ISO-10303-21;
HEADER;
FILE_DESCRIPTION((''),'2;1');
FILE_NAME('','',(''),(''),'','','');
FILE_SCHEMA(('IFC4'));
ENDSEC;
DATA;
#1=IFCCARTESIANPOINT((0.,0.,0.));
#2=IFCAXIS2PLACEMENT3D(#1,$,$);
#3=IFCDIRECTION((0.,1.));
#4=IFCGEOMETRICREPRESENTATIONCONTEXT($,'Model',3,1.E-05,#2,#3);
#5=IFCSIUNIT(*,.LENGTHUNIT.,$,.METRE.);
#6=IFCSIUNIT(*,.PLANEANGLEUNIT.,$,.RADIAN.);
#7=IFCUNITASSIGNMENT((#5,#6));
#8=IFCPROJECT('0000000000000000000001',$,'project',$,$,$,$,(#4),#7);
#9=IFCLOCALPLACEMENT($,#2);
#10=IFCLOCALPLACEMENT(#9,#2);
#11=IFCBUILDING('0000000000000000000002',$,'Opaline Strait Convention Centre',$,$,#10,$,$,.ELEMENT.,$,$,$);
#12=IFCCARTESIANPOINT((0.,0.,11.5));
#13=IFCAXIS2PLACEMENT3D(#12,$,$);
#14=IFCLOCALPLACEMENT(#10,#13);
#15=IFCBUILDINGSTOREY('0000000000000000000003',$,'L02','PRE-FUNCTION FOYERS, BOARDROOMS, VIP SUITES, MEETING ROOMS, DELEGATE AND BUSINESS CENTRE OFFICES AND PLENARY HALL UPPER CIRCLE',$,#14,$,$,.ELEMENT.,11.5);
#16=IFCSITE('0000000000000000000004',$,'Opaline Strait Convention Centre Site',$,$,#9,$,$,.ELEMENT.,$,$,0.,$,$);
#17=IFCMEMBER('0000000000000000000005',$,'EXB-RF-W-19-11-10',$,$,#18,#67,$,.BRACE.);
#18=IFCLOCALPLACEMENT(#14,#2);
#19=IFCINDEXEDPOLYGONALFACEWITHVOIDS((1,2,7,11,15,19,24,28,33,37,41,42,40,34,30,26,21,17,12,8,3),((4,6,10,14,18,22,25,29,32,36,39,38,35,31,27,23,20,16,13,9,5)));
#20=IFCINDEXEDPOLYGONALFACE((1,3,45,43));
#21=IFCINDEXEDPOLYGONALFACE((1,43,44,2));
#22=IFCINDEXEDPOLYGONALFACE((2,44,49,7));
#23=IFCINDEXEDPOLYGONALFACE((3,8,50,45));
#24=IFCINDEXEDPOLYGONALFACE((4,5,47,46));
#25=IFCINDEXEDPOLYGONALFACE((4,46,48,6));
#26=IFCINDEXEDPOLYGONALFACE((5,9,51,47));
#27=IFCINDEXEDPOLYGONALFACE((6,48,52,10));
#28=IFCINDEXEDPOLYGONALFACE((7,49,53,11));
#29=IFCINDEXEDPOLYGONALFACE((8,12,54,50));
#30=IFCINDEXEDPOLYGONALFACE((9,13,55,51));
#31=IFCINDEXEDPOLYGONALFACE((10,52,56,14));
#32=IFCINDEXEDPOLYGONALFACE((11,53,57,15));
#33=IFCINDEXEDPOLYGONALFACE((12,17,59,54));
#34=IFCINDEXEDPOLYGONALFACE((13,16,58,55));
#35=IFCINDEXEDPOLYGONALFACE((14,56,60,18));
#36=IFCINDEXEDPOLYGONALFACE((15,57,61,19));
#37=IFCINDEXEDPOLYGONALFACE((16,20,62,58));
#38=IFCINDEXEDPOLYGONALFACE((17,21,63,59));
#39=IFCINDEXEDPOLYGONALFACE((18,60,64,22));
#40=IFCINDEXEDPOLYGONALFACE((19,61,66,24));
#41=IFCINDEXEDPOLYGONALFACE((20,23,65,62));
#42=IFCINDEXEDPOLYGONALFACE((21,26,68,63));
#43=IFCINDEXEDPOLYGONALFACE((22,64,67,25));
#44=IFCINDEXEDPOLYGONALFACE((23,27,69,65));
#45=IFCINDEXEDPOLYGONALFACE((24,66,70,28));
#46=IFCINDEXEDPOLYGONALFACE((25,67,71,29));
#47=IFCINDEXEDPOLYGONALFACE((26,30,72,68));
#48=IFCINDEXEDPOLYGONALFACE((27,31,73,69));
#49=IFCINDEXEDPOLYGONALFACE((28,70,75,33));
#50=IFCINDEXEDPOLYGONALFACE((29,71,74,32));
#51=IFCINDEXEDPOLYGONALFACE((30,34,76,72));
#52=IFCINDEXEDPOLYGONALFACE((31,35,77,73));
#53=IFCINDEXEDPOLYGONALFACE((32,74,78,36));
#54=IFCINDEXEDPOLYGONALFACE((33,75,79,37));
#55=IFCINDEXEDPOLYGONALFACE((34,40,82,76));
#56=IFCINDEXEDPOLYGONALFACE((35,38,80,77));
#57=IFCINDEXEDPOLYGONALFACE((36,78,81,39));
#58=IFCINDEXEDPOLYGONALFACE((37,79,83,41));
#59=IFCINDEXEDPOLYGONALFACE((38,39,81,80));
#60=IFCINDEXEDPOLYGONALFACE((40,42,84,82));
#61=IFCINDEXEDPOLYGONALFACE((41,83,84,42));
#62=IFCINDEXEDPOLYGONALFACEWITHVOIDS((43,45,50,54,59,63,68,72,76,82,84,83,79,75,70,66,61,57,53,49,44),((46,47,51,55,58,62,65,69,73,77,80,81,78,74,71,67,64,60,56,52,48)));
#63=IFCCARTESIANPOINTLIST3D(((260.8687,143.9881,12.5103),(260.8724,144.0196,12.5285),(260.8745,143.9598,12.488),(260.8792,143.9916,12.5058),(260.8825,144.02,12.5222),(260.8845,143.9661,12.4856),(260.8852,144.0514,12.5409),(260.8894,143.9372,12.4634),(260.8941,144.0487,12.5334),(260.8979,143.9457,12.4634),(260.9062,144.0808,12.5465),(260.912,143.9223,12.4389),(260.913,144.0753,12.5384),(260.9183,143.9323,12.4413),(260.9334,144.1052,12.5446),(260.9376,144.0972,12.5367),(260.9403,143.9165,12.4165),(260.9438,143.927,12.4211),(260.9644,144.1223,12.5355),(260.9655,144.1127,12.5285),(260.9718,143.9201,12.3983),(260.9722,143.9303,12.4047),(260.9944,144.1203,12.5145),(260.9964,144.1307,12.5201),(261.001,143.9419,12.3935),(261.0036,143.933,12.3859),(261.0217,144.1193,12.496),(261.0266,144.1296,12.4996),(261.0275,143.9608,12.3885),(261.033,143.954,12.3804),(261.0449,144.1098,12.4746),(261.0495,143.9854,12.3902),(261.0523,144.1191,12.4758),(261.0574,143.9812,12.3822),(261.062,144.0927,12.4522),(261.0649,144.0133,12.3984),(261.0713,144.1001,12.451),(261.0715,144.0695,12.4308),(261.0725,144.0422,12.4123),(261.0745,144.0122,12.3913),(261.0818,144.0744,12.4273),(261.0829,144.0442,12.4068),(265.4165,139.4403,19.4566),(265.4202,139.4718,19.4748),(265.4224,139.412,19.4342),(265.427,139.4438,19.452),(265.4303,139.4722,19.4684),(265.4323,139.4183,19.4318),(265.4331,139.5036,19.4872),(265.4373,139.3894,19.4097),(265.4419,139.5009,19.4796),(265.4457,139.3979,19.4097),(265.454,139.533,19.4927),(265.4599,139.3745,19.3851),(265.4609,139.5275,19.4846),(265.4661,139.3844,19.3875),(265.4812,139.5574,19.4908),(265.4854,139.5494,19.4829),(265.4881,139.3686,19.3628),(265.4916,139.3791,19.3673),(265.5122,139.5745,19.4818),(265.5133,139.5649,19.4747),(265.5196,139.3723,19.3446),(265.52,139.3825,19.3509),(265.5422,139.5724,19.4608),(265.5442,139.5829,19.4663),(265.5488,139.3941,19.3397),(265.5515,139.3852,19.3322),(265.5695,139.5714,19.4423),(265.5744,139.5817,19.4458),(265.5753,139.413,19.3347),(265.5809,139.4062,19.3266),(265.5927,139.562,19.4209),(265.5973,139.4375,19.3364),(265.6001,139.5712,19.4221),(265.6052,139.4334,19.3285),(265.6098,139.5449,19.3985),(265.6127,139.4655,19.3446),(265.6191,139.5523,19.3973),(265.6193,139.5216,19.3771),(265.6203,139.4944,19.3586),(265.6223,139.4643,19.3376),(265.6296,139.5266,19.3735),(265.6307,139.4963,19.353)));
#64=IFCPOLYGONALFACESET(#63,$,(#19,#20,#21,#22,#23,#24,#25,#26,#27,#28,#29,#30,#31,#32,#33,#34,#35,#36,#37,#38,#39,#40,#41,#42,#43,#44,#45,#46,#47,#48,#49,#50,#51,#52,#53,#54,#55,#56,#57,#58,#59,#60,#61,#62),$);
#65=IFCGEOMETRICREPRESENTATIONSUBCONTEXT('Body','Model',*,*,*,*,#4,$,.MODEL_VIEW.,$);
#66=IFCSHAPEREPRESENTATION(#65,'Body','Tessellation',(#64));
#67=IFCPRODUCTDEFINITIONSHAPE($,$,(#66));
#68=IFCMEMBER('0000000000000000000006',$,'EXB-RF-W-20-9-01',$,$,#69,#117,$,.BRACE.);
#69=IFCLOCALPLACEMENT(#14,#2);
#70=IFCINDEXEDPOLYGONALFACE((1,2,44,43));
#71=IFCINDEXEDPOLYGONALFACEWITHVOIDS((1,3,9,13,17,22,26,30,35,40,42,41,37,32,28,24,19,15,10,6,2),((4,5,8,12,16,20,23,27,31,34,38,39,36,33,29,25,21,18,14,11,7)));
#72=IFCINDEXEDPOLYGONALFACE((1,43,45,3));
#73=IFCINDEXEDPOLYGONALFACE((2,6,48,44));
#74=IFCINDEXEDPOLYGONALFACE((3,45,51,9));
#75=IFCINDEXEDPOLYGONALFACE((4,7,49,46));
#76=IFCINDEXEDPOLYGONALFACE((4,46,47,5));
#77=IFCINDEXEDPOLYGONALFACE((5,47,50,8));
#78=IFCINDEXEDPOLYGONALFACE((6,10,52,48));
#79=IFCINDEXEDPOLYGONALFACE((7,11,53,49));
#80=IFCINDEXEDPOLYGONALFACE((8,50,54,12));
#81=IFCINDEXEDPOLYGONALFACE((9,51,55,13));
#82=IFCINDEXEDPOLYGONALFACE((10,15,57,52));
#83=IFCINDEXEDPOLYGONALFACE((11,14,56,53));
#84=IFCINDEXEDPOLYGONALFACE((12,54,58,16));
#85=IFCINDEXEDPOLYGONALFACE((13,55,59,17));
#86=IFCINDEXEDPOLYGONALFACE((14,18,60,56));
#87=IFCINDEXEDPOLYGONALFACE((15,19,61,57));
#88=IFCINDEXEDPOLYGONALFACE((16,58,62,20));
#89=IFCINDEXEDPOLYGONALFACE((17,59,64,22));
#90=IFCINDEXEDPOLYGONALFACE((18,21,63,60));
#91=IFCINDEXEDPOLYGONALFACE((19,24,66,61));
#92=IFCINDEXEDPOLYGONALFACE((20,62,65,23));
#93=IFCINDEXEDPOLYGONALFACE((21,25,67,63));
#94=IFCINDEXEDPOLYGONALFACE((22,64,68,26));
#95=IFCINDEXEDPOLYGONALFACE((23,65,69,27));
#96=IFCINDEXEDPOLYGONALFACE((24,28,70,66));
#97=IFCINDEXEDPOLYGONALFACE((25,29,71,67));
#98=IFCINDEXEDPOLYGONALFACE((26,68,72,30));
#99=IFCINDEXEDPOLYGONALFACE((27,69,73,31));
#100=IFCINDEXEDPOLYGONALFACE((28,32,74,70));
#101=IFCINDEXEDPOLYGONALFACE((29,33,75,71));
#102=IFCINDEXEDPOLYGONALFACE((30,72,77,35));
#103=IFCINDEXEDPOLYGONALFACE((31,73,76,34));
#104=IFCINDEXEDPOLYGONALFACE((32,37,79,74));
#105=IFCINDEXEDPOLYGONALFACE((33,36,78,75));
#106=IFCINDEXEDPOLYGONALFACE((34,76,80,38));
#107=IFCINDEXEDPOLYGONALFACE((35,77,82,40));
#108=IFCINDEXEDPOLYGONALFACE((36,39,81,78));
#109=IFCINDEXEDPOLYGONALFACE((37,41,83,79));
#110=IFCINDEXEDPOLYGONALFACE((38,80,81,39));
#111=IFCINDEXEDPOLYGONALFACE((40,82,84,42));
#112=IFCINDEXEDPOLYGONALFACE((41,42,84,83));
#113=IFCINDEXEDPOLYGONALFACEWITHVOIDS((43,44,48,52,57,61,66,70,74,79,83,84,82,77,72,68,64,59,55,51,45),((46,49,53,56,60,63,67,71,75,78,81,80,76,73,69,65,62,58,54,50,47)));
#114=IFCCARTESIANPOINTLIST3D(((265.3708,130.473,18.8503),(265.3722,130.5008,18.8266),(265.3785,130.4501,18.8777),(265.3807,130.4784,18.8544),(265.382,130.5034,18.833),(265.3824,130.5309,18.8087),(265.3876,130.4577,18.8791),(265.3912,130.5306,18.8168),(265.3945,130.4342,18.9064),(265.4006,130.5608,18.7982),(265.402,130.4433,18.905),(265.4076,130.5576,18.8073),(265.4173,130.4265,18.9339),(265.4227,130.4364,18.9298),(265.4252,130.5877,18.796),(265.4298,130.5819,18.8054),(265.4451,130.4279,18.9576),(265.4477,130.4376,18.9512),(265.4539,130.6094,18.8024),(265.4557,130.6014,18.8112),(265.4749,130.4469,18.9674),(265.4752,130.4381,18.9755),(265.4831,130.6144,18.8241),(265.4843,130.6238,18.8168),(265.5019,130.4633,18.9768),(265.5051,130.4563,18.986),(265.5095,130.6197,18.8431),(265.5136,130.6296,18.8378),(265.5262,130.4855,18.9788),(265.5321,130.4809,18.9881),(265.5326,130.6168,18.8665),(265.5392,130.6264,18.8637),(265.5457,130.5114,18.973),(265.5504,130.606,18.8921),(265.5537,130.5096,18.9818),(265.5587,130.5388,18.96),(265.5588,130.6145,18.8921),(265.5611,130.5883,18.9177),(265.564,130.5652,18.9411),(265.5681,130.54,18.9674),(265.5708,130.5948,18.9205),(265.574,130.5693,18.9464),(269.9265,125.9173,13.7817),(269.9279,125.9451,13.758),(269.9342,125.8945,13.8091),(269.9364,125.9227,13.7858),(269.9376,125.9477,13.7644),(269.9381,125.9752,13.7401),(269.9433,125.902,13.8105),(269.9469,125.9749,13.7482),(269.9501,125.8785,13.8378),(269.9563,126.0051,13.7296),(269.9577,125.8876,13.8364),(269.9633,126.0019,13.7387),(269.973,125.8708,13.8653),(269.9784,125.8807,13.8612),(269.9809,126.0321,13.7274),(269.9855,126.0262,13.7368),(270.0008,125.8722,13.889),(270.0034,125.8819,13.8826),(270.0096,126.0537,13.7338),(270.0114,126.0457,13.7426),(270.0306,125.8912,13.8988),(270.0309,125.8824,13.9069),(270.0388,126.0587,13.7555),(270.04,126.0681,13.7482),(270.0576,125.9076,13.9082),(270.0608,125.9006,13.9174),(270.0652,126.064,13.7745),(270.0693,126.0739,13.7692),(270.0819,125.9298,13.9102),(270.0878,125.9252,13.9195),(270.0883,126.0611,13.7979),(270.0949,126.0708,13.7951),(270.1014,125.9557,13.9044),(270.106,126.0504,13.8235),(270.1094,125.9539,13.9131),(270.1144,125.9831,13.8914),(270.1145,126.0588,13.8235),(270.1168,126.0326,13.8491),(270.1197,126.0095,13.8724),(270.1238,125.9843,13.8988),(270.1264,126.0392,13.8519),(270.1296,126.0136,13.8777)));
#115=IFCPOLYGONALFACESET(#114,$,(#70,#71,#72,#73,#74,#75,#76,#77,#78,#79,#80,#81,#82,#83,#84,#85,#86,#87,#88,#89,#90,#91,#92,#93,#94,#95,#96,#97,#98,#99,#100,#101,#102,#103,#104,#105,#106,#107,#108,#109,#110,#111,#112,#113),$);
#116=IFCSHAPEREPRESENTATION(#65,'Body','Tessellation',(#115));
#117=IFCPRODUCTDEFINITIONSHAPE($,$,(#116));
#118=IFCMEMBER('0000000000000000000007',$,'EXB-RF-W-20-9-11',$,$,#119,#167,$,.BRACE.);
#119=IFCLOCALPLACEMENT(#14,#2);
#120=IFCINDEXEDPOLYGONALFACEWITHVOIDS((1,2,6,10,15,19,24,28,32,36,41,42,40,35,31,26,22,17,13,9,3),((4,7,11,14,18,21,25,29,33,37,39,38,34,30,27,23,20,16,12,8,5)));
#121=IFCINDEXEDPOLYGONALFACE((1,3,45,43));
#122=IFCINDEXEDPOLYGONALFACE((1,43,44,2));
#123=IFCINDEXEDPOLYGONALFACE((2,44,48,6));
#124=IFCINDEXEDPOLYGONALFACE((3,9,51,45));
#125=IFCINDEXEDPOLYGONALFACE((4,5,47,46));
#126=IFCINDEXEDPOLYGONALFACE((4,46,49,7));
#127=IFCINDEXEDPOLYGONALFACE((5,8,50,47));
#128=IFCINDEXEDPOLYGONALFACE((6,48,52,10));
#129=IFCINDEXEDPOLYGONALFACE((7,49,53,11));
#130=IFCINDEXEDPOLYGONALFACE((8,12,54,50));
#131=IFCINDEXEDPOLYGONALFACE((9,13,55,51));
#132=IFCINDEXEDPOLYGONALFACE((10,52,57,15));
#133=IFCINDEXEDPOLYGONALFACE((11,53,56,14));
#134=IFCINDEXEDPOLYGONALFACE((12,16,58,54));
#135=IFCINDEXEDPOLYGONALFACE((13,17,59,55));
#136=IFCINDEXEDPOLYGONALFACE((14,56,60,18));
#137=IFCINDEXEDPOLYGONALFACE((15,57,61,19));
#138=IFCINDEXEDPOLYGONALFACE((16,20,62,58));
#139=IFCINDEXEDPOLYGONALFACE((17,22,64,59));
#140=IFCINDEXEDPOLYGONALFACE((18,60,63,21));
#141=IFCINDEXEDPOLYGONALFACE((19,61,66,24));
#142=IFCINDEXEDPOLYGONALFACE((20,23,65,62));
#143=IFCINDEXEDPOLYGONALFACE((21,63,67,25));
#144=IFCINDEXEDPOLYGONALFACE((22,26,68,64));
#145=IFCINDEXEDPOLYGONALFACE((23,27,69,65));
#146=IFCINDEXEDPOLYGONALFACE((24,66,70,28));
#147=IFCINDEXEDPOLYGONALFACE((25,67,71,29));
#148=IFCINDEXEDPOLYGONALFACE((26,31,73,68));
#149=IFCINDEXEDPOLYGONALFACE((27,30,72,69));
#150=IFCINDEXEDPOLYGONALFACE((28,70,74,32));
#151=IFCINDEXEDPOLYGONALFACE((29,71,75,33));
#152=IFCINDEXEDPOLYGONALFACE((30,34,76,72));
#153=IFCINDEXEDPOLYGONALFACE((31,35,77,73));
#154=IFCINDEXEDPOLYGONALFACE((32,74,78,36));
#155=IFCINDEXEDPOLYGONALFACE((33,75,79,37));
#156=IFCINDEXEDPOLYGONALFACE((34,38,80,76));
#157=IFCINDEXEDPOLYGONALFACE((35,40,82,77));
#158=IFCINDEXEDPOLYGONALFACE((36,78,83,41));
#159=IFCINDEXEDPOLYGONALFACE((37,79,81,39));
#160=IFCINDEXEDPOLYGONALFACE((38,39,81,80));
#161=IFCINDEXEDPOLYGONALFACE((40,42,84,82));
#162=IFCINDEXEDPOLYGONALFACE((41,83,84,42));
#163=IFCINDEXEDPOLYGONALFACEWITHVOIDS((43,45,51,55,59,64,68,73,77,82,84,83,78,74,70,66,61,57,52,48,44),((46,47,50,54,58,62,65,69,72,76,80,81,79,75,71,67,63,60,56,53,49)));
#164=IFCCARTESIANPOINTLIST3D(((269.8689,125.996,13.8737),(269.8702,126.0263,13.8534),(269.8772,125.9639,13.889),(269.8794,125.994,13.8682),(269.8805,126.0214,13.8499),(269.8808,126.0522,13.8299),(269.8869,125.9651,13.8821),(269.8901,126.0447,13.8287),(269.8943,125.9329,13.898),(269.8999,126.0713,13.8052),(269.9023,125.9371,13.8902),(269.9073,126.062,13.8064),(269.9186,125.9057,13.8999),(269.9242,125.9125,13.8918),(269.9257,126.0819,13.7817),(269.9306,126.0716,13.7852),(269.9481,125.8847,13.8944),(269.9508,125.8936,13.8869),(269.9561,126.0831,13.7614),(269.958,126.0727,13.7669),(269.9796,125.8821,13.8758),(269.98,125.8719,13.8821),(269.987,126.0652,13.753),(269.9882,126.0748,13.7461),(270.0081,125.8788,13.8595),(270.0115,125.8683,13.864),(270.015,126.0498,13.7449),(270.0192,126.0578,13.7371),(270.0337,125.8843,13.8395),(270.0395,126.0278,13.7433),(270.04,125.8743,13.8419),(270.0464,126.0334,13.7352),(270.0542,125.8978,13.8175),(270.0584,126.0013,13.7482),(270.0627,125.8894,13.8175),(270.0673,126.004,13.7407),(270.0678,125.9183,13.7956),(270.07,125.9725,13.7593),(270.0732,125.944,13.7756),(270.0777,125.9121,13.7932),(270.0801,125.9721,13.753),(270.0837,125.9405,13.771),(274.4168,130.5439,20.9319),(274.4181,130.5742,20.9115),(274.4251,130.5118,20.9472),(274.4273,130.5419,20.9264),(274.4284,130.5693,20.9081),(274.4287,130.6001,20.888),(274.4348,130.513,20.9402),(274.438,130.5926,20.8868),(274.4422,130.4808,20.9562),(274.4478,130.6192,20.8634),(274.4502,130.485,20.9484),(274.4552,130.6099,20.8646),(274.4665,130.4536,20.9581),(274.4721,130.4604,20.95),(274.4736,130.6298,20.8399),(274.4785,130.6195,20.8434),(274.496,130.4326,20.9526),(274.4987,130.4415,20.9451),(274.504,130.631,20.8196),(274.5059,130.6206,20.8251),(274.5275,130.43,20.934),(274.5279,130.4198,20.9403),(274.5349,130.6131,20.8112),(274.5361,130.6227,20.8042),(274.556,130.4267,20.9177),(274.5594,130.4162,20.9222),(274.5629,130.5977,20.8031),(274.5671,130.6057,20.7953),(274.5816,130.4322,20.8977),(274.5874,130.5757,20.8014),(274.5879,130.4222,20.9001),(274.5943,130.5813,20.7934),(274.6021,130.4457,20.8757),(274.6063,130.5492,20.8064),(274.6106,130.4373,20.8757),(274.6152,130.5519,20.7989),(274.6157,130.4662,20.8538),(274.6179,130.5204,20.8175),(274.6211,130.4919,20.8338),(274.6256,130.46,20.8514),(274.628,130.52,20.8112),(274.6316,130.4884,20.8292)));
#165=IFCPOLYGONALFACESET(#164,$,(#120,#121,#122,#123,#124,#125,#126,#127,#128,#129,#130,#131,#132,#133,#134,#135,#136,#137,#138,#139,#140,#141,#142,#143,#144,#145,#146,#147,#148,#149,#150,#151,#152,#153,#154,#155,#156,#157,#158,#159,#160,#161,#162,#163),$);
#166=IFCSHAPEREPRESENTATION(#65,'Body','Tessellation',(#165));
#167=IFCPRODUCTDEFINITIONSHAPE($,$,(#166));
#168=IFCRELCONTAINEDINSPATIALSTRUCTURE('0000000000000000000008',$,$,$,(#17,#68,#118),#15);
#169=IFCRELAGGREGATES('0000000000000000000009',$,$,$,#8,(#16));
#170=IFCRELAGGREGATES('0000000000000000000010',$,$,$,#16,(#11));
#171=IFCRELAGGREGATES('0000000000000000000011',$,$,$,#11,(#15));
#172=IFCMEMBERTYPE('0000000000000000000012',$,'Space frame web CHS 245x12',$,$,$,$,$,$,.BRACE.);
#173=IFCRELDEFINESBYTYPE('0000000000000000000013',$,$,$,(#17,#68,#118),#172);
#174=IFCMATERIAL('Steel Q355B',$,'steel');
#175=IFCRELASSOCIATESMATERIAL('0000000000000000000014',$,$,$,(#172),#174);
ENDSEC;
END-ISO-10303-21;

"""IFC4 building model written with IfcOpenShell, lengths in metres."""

from ifc_helpers import new_model, si_unit, direction, frame, origin, origin_2d, place, context, subcontext, project, spatial, hollow_circle, extrude, material, material_profile, profile_set, type_object, element, save


model = new_model("IFC4")

# Units and contexts
model_context = context("Model", 3, precision=1e-05, world=origin(), true_north=direction((0.0, 1.0)))
body_context = subcontext(model_context, "Body", "Model", "MODEL_VIEW")
ifc_project = project(units=[si_unit("LENGTHUNIT", "METRE"), si_unit("PLANEANGLEUNIT", "RADIAN")], contexts=[model_context])

# Site, building, storey
site_placement = place(None, origin())
site = spatial("IfcSite", under=ifc_project, at=site_placement, Name="Opaline Strait Convention Centre Site", CompositionType="ELEMENT", RefElevation=0.0)
building_placement = place(site_placement, origin())
building = spatial("IfcBuilding", under=site, at=building_placement, Name="Opaline Strait Convention Centre", CompositionType="ELEMENT")
storey_placement = place(building_placement, frame((0.0, 0.0, 11.5)))
storey = spatial("IfcBuildingStorey", under=building, at=storey_placement, Name="L02", Description="PRE-FUNCTION FOYERS, BOARDROOMS, VIP SUITES, MEETING ROOMS, DELEGATE AND BUSINESS CENTRE OFFICES AND PLENARY HALL UPPER CIRCLE", CompositionType="ELEMENT", Elevation=11.5)

# Members
ifc_material_1 = material(Name="Steel Q355B", Category="steel")
ifc_material_profile_1 = material_profile(ifc_material_1, hollow_circle(Radius=0.1226, WallThickness=0.012, at=origin_2d()), Name="CHS 245x12")
ifc_profile_set_1 = profile_set([ifc_material_profile_1], Name="Steel Q355B")
member_type_1 = type_object("IfcMemberType", Name="Space frame web CHS 245x12", PredefinedType="BRACE", material=ifc_profile_set_1)
for number, where, z_axis, x_axis, name in (
    (1, (265.5239, 139.4761, 19.4097), (-0.480409, 0.480409, -0.733767), (-0.707107, -0.707107, 0.0), "EXB-RF-W-19-11-10"),
):
    element("IfcMember", number, at=place(storey_placement, frame(where, z_axis=z_axis, x_axis=x_axis)), inside=storey, type_object=member_type_1, Name=name, PredefinedType="BRACE", context=body_context, shape_type="SweptSolid", body=[
        extrude(hollow_circle(Radius=0.1226, WallThickness=0.012, at=origin_2d()), origin(), (0.0, 0.0, 1.0), 9.4666),
    ])
member_1_placement = place(storey_placement, frame((265.4722, 130.5278, 18.8921), z_axis=(0.555739, -0.555739, -0.618311), x_axis=(0.707107, 0.707107, 0.0)))
element("IfcMember", 2, at=member_1_placement, inside=storey, type_object=member_type_1, Name="EXB-RF-W-20-9-01", PredefinedType="BRACE", context=body_context, shape_type="SweptSolid", body=[
    extrude(hollow_circle(Radius=0.1226, WallThickness=0.012, at=origin_2d()), origin(), (0.0, 0.0, 1.0), 8.1975),
])
member_2_placement = place(storey_placement, frame((274.5239, 130.5239, 20.8757), z_axis=(-0.476266, -0.476266, -0.739149), x_axis=(0.707107, -0.707107, 0.0)))
element("IfcMember", 3, at=member_2_placement, inside=storey, type_object=member_type_1, Name="EXB-RF-W-20-9-11", PredefinedType="BRACE", context=body_context, shape_type="SweptSolid", body=[
    extrude(hollow_circle(Radius=0.1226, WallThickness=0.012, at=origin_2d()), origin(), (0.0, 0.0, 1.0), 9.5491),
])

save(model, "model.ifc")
